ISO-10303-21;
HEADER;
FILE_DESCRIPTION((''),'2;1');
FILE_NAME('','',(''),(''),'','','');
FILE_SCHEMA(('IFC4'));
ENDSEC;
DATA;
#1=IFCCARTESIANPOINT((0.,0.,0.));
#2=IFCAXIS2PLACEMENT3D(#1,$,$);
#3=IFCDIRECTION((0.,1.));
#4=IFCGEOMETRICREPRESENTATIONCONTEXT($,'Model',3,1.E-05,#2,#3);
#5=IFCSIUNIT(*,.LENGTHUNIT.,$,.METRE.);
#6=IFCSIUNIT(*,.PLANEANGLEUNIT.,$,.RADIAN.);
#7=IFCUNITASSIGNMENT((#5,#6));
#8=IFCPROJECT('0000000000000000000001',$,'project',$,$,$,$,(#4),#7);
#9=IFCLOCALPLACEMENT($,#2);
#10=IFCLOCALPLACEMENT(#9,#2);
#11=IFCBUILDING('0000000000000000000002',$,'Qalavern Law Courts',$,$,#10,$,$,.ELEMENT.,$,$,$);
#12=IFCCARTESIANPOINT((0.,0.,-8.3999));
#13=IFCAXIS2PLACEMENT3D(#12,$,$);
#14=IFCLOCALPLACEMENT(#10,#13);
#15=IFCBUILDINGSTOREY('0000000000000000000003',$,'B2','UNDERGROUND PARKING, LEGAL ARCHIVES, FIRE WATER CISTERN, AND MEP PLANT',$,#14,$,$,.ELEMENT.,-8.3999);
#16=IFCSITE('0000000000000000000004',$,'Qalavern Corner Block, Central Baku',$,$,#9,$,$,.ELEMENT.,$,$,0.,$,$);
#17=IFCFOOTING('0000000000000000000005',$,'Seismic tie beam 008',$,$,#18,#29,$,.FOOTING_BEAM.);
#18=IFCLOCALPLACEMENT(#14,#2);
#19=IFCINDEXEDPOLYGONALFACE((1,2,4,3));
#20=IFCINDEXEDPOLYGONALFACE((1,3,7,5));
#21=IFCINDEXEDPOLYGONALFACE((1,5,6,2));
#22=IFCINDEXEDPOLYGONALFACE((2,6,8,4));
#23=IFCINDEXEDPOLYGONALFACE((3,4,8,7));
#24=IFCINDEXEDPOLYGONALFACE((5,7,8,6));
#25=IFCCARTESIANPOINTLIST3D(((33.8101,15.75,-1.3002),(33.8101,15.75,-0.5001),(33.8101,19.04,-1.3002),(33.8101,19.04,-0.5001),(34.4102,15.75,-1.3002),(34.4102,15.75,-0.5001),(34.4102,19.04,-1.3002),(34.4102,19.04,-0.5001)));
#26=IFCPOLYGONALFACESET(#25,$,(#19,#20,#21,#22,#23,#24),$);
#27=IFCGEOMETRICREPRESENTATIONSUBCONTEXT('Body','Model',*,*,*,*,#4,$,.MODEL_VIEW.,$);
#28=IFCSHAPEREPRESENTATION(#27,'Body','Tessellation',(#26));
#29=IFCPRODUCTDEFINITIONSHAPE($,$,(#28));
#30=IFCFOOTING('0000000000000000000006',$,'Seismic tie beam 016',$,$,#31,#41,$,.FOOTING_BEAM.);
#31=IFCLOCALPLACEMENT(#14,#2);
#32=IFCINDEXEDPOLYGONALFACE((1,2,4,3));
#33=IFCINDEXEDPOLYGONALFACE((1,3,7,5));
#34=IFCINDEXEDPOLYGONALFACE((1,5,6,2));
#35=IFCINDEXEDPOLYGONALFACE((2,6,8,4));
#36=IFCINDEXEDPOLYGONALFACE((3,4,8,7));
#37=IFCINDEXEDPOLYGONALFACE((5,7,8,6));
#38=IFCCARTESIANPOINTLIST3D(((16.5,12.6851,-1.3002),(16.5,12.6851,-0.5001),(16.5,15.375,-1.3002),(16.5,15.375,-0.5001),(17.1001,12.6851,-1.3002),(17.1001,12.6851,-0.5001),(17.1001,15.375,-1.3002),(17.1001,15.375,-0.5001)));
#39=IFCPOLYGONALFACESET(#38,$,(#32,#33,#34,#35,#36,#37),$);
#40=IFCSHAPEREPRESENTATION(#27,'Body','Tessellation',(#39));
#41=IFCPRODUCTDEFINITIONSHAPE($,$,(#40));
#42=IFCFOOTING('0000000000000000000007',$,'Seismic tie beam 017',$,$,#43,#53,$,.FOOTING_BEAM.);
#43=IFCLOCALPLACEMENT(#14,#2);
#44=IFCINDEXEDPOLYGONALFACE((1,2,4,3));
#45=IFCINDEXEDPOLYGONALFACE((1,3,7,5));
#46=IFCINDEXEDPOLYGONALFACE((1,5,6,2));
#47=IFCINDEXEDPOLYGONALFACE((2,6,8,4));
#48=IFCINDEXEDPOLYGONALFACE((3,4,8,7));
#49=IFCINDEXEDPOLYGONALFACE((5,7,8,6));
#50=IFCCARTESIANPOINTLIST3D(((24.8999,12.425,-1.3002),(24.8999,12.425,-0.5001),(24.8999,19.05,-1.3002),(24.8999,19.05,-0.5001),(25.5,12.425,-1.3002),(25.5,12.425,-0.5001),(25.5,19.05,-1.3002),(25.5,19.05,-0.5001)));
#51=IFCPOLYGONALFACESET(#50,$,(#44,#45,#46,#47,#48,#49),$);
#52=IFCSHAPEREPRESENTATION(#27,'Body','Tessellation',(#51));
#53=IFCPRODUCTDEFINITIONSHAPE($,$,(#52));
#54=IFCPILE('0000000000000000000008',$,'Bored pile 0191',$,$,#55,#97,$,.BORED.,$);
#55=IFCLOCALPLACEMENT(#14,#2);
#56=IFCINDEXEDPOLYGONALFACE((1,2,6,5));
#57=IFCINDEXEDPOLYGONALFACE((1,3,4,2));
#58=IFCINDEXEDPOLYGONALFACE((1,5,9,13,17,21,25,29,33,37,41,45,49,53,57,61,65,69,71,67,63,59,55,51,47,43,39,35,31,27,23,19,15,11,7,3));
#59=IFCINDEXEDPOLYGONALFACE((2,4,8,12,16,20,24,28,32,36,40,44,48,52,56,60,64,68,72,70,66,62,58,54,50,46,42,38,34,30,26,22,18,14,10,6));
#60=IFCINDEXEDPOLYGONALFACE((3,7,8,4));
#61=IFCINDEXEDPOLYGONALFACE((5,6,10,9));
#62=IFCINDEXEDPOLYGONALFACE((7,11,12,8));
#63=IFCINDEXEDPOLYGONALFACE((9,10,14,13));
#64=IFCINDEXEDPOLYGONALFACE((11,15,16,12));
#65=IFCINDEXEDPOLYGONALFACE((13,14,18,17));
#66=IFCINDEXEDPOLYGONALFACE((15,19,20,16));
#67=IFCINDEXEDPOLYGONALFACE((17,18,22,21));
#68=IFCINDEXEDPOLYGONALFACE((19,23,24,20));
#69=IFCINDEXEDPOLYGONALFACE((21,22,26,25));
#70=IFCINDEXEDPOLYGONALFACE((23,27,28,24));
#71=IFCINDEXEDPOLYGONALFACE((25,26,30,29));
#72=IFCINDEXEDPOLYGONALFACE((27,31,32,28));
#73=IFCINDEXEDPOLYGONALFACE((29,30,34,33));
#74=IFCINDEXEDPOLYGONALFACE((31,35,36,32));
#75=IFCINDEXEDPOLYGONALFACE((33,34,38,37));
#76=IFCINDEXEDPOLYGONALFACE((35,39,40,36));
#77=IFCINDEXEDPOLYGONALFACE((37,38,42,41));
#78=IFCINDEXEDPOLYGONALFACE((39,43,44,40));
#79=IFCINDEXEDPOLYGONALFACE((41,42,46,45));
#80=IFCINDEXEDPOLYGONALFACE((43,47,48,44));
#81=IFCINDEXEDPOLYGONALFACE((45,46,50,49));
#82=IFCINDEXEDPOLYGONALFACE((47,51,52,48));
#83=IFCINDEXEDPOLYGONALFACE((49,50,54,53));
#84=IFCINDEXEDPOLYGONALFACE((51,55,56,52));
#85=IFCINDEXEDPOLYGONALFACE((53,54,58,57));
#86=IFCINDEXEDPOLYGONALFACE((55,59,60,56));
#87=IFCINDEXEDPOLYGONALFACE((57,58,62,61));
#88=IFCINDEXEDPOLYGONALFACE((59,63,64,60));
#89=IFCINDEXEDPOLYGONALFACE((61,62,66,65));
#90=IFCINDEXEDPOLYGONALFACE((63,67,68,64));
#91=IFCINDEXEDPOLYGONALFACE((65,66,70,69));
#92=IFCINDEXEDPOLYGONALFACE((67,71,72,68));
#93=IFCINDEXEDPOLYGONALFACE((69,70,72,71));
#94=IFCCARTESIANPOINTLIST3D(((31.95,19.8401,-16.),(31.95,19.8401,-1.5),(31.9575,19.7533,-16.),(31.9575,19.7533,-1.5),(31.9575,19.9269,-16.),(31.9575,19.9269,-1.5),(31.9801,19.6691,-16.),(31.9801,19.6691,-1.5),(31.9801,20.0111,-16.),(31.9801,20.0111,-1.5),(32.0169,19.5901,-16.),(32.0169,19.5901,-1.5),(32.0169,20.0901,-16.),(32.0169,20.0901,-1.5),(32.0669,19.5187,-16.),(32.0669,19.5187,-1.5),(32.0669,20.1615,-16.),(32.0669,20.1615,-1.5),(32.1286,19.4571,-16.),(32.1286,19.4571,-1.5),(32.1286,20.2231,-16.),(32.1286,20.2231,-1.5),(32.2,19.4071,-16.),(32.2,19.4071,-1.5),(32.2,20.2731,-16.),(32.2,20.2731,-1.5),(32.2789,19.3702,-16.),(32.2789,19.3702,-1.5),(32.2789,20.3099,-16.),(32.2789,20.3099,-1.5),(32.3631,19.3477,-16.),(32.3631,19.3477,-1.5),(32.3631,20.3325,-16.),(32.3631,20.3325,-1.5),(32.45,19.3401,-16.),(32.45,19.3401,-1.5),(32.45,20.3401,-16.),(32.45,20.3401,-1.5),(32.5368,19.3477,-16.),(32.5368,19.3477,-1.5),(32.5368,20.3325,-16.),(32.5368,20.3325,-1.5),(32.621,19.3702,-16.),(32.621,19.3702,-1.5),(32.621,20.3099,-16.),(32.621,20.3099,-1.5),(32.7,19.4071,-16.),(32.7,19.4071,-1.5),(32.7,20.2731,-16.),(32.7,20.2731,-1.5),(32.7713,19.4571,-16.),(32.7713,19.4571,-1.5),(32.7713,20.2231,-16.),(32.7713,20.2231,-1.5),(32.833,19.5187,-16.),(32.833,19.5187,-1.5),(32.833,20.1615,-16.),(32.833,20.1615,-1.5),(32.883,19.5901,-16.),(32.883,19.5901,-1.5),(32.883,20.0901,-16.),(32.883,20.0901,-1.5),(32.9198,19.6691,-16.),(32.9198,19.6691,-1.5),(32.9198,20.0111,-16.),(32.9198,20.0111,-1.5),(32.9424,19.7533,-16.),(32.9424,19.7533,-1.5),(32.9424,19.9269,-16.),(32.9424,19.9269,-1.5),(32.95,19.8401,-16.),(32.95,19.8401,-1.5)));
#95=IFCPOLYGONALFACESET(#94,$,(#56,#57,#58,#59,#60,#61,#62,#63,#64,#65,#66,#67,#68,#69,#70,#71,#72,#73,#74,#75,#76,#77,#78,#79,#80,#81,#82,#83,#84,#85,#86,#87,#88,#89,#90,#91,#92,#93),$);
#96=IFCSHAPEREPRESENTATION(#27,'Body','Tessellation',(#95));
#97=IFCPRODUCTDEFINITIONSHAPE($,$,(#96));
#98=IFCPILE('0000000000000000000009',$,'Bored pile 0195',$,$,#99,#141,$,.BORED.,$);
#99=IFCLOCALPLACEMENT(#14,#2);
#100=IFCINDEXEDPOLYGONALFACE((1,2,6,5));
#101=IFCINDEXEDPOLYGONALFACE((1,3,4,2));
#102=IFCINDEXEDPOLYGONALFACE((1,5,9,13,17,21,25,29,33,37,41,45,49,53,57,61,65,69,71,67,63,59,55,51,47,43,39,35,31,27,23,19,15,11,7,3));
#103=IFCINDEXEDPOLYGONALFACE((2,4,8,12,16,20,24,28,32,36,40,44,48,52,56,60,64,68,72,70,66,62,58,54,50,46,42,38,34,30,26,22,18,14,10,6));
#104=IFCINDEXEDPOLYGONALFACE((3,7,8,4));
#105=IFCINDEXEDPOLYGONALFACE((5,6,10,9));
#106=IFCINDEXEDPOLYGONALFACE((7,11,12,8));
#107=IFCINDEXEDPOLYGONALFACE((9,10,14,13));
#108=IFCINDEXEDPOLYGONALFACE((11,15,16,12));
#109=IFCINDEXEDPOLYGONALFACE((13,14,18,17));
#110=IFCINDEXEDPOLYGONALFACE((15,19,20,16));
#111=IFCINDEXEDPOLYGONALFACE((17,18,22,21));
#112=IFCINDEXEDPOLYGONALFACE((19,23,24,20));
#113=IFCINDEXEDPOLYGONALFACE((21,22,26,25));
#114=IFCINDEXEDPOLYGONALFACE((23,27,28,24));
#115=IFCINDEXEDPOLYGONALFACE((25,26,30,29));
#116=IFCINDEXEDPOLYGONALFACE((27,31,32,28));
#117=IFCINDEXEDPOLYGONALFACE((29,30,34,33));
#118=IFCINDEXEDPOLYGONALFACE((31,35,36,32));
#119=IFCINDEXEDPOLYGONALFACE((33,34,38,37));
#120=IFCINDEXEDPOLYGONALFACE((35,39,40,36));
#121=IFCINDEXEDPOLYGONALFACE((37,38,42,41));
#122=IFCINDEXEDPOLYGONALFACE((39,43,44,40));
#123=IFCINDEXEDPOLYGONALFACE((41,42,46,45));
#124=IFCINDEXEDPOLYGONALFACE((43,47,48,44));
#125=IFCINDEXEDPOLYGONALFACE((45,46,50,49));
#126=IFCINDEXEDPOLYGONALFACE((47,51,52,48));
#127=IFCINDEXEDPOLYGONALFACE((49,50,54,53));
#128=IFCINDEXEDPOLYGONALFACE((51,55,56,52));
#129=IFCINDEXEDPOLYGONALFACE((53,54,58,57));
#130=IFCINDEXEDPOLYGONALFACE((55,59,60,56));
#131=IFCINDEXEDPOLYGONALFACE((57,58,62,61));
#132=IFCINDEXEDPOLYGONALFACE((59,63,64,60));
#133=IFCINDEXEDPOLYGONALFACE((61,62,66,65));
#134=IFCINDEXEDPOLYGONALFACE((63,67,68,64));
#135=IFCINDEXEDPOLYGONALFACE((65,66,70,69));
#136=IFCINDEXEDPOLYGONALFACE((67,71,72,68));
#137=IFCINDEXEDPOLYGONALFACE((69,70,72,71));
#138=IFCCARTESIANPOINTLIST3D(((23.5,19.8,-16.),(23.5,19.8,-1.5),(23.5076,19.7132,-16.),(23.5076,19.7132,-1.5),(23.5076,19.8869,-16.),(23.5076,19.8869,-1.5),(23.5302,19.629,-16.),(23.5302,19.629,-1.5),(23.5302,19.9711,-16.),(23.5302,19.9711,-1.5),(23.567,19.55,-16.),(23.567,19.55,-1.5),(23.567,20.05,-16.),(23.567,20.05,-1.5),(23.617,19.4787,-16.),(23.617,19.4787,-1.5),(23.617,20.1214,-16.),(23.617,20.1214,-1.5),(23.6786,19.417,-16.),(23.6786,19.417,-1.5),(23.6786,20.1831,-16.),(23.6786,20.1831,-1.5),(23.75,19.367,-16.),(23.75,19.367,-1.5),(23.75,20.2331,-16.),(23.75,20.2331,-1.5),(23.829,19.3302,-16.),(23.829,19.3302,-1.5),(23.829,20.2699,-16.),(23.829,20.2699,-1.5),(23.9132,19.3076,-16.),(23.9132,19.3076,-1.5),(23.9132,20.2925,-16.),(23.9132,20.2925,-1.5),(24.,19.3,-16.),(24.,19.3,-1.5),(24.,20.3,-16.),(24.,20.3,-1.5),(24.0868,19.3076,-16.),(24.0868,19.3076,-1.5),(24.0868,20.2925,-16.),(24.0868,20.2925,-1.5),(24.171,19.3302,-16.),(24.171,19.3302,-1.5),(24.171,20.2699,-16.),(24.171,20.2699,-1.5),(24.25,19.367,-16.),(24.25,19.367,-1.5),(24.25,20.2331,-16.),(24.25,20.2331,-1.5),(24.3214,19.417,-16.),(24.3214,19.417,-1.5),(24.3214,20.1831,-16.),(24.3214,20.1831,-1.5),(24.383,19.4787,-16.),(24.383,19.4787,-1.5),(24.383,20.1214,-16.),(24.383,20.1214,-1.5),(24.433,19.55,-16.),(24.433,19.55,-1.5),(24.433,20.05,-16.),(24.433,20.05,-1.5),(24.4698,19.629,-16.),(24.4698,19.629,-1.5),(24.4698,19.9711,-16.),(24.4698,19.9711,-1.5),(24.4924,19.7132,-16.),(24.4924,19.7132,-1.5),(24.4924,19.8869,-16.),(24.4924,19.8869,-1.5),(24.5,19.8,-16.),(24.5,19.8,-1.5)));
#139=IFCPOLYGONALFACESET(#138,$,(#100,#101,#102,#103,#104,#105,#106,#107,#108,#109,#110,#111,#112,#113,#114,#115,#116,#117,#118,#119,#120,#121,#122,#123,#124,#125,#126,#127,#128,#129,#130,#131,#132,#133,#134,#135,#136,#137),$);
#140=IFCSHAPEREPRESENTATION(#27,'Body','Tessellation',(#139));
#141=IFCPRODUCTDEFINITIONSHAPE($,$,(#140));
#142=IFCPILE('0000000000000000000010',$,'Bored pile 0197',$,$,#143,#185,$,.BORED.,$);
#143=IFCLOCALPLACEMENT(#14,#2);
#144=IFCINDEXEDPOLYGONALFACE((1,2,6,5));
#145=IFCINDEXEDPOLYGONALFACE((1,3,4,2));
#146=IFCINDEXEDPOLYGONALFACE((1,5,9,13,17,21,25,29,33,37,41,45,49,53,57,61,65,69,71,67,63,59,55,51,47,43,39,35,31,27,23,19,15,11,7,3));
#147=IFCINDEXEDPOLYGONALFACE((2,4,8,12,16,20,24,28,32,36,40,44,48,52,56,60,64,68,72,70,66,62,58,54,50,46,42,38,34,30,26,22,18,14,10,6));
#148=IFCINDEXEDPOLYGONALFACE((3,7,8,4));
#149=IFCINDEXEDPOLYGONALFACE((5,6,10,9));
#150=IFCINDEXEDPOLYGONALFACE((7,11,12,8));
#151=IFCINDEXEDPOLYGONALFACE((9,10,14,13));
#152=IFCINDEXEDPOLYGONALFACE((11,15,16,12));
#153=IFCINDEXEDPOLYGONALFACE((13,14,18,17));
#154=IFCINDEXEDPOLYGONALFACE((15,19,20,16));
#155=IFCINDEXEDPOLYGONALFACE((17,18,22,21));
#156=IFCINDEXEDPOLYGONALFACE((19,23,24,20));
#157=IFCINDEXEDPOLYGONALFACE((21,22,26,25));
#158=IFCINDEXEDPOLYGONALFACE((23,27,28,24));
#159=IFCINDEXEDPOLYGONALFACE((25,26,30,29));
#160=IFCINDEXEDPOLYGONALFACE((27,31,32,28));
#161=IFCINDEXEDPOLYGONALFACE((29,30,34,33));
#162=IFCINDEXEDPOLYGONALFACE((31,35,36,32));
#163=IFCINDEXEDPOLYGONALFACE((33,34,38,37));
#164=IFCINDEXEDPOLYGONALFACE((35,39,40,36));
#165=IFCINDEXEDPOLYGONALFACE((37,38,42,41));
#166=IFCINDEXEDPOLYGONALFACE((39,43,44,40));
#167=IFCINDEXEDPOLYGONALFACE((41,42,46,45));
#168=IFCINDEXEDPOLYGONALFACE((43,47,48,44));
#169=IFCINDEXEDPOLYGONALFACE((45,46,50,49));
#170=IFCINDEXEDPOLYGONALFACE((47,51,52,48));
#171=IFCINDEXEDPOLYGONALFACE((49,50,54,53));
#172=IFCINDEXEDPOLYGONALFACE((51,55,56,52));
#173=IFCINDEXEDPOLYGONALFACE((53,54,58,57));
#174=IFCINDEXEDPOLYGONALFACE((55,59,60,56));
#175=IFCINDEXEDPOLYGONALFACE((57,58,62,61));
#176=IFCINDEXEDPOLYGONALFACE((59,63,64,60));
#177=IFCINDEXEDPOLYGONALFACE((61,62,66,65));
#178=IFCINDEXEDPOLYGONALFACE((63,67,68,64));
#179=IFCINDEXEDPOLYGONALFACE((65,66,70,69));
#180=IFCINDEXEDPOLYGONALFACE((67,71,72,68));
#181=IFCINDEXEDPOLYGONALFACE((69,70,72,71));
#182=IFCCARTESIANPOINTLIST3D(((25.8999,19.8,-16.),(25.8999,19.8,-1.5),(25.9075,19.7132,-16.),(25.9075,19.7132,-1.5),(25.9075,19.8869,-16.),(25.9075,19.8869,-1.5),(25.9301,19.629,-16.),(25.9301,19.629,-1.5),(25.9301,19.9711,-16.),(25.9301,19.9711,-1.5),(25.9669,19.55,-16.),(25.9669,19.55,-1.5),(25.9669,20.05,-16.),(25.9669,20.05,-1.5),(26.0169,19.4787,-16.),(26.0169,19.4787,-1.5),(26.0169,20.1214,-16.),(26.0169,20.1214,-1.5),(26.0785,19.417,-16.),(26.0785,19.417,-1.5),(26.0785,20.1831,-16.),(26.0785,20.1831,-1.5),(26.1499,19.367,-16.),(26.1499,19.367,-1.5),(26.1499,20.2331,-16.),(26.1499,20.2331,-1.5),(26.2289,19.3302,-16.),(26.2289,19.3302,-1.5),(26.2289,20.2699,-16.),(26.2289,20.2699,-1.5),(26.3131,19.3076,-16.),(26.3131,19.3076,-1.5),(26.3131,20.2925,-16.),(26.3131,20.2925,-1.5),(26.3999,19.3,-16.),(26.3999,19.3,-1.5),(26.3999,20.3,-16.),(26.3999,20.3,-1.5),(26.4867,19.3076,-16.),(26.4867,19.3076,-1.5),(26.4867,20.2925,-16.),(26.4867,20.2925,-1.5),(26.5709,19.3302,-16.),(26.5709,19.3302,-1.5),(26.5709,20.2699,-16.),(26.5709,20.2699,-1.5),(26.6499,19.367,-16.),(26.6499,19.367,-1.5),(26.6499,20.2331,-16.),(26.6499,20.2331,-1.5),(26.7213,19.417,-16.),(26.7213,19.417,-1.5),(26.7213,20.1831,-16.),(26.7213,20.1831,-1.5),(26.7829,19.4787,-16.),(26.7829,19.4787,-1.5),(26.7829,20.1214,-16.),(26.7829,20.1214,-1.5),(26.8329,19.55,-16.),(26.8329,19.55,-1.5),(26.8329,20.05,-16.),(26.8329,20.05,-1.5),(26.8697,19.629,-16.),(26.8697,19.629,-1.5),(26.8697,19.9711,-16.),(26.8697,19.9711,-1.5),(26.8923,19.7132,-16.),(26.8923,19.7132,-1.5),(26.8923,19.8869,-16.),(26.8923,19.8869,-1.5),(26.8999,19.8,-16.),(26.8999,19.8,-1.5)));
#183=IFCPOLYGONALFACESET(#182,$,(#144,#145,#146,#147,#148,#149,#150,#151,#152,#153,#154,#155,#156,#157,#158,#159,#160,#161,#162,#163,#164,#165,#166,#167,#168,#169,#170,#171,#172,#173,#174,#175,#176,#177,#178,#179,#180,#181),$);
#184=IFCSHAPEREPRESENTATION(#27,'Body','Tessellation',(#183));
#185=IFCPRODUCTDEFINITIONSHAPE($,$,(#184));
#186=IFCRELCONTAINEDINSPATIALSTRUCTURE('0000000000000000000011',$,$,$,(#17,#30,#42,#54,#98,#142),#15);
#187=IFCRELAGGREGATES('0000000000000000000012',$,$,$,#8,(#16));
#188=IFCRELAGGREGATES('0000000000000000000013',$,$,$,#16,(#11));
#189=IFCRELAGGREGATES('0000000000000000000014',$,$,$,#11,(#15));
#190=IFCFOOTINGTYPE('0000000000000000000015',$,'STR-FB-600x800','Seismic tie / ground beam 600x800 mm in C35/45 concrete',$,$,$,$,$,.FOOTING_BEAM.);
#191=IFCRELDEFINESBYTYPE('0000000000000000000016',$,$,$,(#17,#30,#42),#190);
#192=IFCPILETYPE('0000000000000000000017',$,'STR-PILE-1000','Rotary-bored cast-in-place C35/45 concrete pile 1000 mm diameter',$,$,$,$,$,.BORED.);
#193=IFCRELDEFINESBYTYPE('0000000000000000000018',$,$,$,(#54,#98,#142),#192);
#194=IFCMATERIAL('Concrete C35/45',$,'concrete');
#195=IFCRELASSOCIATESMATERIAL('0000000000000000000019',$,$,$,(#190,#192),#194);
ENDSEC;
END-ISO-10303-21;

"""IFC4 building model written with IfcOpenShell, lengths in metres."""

from ifc_helpers import new_model, si_unit, direction, frame, origin, origin_2d, place, context, subcontext, project, spatial, rectangle, circle, extrude, material, material_profile, profile_set, type_object, element, save


model = new_model("IFC4")

# Units and contexts
model_context = context("Model", 3, precision=1e-05, world=origin(), true_north=direction((0.0, 1.0)))
body_context = subcontext(model_context, "Body", "Model", "MODEL_VIEW")
ifc_project = project(units=[si_unit("LENGTHUNIT", "METRE"), si_unit("PLANEANGLEUNIT", "RADIAN")], contexts=[model_context])

# Site, building, storey
site_placement = place(None, origin())
site = spatial("IfcSite", under=ifc_project, at=site_placement, Name="Qalavern Corner Block, Central Baku", CompositionType="ELEMENT", RefElevation=0.0)
building_placement = place(site_placement, origin())
building = spatial("IfcBuilding", under=site, at=building_placement, Name="Qalavern Law Courts", CompositionType="ELEMENT")
storey_placement = place(building_placement, frame((0.0, 0.0, -8.3999)))
storey = spatial("IfcBuildingStorey", under=building, at=storey_placement, Name="B2", Description="UNDERGROUND PARKING, LEGAL ARCHIVES, FIRE WATER CISTERN, AND MEP PLANT", CompositionType="ELEMENT", Elevation=-8.3999)

# Footings
ifc_material_1 = material(Name="Concrete C35/45", Category="concrete")
ifc_material_profile_1 = material_profile(ifc_material_1, rectangle(XDim=0.6001, YDim=0.8, at=origin_2d()), Name="RC 600x800")
ifc_profile_set_1 = profile_set([ifc_material_profile_1], Name="Concrete C35/45")
footing_type = type_object("IfcFootingType", Name="STR-FB-600x800", Description="Seismic tie / ground beam 600x800 mm in C35/45 concrete", PredefinedType="FOOTING_BEAM", material=ifc_profile_set_1)
footing_1_placement = place(storey_placement, frame((34.1101, 15.75, -0.9001), z_axis=(0.0, 1.0, 0.0), x_axis=(-1.0, 0.0, 0.0)))
element("IfcFooting", 1, at=footing_1_placement, inside=storey, type_object=footing_type, Name="Seismic tie beam 008", PredefinedType="FOOTING_BEAM", context=body_context, shape_type="SweptSolid", body=[
    extrude(rectangle(XDim=0.6001, YDim=0.8, at=origin_2d()), origin(), (0.0, 0.0, 1.0), 3.29),
])
footing_2_placement = place(storey_placement, frame((16.8, 12.6851, -0.9001), z_axis=(0.0, 1.0, 0.0), x_axis=(-1.0, 0.0, 0.0)))
element("IfcFooting", 2, at=footing_2_placement, inside=storey, type_object=footing_type, Name="Seismic tie beam 016", PredefinedType="FOOTING_BEAM", context=body_context, shape_type="SweptSolid", body=[
    extrude(rectangle(XDim=0.6001, YDim=0.8, at=origin_2d()), origin(), (0.0, 0.0, 1.0), 2.6899),
])
footing_3_placement = place(storey_placement, frame((25.2, 12.425, -0.9001), z_axis=(0.0, 1.0, 0.0), x_axis=(-1.0, 0.0, 0.0)))
element("IfcFooting", 3, at=footing_3_placement, inside=storey, type_object=footing_type, Name="Seismic tie beam 017", PredefinedType="FOOTING_BEAM", context=body_context, shape_type="SweptSolid", body=[
    extrude(rectangle(XDim=0.6001, YDim=0.8, at=origin_2d()), origin(), (0.0, 0.0, 1.0), 6.625),
])

# Piles
ifc_material_profile_2 = material_profile(ifc_material_1, circle(Radius=0.5, at=origin_2d()), Name="BORED PILE 1000")
ifc_profile_set_2 = profile_set([ifc_material_profile_2], Name="Concrete C35/45")
pile_type_1 = type_object("IfcPileType", Name="STR-PILE-1000", Description="Rotary-bored cast-in-place C35/45 concrete pile 1000 mm diameter", PredefinedType="BORED", material=ifc_profile_set_2)
for number, where, z_axis, x_axis, name in (
    (4, (32.45, 19.8401, -1.5), (0.0, 0.0, -1.0), (1.0, 0.0, 0.0), "Bored pile 0191"),
    (5, (24.0, 19.8, -1.5), (0.0, 0.0, -1.0), (1.0, 0.0, 0.0), "Bored pile 0195"),
    (6, (26.3999, 19.8, -1.5), (0.0, 0.0, -1.0), (1.0, 0.0, 0.0), "Bored pile 0197"),
):
    element("IfcPile", number, at=place(storey_placement, frame(where, z_axis=z_axis, x_axis=x_axis)), inside=storey, type_object=pile_type_1, Name=name, PredefinedType="BORED", context=body_context, shape_type="SweptSolid", body=[
        extrude(circle(Radius=0.5, at=origin_2d()), origin(), (0.0, 0.0, 1.0), 14.5),
    ])

save(model, "model.ifc")
